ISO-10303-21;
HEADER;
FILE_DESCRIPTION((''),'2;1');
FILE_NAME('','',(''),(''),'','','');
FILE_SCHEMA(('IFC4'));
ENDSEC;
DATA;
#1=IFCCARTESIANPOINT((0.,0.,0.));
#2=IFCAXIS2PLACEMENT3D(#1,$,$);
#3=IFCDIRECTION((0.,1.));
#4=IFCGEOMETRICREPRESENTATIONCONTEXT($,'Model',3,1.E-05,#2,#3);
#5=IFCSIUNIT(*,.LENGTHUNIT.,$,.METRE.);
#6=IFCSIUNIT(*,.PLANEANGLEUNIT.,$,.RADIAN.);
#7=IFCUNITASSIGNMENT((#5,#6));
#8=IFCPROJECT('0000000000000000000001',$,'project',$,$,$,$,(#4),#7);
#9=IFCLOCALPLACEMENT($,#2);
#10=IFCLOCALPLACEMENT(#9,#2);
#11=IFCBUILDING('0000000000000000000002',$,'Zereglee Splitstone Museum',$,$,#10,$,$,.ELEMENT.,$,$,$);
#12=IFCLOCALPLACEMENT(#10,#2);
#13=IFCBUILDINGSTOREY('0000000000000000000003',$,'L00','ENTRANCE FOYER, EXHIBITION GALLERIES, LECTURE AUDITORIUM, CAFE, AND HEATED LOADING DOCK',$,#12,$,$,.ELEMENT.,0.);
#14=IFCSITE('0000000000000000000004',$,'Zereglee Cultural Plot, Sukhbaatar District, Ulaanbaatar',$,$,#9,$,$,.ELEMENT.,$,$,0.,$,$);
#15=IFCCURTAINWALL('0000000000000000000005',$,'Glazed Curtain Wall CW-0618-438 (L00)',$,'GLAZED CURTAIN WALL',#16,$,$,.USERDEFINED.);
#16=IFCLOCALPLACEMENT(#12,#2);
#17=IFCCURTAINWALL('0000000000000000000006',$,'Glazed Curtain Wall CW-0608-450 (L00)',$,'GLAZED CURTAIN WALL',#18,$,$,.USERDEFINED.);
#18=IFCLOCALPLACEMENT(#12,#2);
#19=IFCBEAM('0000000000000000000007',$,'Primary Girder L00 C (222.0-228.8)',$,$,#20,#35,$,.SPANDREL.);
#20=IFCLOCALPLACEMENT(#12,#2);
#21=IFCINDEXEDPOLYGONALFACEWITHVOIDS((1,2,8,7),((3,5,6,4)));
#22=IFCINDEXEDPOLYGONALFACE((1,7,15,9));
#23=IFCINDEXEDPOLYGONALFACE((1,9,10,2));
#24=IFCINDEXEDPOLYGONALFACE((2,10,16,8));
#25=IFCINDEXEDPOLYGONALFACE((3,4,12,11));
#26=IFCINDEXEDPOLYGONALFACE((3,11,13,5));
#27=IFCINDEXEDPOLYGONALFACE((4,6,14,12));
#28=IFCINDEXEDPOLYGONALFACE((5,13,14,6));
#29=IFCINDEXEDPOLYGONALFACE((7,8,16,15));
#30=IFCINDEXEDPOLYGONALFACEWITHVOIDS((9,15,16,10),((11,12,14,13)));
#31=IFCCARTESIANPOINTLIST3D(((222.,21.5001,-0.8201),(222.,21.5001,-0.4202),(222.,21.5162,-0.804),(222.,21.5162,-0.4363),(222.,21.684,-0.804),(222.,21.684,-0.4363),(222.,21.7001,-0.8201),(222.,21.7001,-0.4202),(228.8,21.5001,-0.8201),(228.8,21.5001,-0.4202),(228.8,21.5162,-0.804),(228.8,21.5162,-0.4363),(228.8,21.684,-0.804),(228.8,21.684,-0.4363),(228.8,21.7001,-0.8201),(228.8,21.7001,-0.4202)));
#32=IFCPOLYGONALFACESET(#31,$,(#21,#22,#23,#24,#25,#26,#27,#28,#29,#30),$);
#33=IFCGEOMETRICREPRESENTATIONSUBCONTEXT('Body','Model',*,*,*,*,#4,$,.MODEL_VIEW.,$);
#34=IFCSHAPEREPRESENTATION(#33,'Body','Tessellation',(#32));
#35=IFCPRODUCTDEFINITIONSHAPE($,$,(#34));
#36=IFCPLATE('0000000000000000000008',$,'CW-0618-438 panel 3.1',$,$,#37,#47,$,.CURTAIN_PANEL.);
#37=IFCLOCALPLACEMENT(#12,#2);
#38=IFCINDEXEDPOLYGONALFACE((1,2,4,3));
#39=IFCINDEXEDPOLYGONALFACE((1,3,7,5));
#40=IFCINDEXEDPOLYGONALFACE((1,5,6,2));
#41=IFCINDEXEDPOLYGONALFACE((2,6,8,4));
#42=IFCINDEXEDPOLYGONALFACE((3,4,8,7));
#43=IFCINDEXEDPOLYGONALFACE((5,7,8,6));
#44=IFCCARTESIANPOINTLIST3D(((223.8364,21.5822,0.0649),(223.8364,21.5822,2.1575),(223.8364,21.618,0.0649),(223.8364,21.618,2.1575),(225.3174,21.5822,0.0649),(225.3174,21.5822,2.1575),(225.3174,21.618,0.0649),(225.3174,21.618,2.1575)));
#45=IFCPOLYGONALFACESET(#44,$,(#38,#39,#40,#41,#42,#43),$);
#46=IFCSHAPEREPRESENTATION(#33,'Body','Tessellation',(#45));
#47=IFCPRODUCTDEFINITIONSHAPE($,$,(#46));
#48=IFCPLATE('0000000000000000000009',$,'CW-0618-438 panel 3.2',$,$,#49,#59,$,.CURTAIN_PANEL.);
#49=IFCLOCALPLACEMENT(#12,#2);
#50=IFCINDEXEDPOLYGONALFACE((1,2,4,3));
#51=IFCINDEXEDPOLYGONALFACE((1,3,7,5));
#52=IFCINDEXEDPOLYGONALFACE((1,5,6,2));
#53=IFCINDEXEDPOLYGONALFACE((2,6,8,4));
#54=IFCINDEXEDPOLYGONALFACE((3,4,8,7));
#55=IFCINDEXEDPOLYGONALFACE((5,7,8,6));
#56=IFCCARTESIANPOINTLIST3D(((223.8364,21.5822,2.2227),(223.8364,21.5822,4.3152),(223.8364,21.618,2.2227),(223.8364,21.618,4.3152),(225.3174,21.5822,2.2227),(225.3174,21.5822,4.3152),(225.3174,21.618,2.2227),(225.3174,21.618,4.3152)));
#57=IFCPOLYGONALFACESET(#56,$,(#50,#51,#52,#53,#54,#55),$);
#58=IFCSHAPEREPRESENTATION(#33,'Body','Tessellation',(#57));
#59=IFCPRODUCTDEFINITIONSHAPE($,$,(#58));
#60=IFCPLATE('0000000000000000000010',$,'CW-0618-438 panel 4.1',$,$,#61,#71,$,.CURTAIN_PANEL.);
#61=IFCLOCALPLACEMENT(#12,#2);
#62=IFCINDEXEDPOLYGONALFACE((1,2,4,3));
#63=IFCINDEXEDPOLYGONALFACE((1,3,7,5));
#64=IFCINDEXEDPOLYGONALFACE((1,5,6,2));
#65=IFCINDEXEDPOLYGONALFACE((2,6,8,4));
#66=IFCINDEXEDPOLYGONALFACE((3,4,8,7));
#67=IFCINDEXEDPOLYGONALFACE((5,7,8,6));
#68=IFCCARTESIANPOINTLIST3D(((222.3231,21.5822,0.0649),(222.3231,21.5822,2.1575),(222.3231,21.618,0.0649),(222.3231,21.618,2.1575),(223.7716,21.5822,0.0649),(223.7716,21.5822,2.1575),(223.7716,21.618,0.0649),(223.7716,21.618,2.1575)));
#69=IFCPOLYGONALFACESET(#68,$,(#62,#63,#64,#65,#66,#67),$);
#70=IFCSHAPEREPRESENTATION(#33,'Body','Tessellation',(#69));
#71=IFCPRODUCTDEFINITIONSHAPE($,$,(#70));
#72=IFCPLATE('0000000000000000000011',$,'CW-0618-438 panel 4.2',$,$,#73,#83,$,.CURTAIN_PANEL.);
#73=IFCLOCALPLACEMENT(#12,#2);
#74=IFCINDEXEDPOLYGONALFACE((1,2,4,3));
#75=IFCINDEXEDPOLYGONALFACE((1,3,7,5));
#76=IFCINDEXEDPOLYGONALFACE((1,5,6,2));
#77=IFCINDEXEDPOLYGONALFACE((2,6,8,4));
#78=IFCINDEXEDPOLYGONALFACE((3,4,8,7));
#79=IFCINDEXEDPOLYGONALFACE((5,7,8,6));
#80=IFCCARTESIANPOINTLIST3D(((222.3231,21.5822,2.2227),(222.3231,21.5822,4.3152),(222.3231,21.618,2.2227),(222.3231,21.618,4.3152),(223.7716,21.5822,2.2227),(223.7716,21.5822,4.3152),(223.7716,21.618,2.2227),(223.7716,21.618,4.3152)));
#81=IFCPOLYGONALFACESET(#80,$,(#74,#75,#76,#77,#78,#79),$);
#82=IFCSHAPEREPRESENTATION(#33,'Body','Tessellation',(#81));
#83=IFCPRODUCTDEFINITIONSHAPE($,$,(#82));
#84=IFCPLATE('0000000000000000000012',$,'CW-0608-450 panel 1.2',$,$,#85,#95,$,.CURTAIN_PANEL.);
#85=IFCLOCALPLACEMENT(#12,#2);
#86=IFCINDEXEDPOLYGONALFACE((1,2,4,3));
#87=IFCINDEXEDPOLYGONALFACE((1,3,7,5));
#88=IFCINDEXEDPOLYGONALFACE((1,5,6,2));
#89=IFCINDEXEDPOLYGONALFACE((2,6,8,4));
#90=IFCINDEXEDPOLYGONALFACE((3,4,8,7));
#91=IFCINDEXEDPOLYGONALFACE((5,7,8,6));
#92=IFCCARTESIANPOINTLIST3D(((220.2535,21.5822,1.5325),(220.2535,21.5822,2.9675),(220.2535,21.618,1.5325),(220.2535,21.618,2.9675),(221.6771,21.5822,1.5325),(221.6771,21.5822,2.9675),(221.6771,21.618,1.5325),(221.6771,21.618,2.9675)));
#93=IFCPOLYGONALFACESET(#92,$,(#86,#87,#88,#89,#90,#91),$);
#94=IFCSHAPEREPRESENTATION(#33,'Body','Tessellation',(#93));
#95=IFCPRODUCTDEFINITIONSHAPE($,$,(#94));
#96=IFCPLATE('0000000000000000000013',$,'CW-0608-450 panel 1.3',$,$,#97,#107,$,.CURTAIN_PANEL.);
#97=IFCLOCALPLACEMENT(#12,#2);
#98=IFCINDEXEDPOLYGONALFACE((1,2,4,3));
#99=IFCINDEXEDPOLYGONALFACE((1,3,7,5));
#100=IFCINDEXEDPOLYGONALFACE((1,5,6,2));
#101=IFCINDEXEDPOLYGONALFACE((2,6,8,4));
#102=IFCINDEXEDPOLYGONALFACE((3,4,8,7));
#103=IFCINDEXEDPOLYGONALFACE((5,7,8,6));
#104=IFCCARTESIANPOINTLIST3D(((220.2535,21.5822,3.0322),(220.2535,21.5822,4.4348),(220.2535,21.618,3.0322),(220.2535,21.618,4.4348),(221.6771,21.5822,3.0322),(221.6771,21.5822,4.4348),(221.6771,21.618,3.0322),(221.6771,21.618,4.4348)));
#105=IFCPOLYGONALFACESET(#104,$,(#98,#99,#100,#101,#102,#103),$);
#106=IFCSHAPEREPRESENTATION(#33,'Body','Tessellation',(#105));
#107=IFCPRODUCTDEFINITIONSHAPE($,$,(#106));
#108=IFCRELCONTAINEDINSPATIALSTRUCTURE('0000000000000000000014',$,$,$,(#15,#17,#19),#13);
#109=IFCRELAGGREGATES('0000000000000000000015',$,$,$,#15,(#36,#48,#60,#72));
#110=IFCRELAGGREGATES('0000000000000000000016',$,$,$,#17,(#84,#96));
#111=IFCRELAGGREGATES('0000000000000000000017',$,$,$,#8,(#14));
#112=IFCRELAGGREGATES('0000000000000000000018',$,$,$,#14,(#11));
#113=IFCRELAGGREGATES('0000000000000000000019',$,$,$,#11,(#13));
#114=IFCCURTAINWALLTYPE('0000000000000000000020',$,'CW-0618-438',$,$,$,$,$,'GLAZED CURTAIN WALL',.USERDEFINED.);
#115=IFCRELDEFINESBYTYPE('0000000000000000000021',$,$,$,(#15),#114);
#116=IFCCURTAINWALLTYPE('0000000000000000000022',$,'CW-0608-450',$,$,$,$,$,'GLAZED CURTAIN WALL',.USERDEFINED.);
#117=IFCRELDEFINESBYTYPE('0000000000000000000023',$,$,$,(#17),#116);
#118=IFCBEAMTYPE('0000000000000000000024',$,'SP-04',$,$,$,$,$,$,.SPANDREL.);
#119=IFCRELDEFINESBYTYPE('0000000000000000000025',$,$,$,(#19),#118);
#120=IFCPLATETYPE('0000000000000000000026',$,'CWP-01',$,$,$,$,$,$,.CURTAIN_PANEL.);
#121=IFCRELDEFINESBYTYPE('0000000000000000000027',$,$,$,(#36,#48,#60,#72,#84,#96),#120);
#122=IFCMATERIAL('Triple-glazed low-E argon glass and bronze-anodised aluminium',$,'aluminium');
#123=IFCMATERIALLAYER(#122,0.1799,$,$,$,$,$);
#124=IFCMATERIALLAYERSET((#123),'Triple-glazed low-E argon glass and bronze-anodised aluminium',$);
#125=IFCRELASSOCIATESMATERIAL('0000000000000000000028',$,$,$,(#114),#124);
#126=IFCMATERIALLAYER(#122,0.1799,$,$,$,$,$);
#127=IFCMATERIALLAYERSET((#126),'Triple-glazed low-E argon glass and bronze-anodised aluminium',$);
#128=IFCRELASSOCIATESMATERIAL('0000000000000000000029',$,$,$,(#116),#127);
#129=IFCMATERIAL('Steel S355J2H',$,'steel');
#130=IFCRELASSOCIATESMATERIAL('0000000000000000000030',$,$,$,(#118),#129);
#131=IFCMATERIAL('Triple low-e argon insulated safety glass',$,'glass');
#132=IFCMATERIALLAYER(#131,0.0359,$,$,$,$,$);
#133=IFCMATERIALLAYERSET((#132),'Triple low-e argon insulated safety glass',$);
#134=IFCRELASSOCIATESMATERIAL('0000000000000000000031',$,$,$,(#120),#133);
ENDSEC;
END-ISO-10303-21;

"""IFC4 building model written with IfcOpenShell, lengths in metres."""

from ifc_helpers import new_model, si_unit, direction, frame, origin, origin_2d, place, context, subcontext, project, spatial, rectangle, hollow_rectangle, extrude, material, layer, layer_set, material_profile, profile_set, type_object, element, aggregate, save


model = new_model("IFC4")

# Units and contexts
model_context = context("Model", 3, precision=1e-05, world=origin(), true_north=direction((0.0, 1.0)))
body_context = subcontext(model_context, "Body", "Model", "MODEL_VIEW")
ifc_project = project(units=[si_unit("LENGTHUNIT", "METRE"), si_unit("PLANEANGLEUNIT", "RADIAN")], contexts=[model_context])

# Site, building, storey
site_placement = place(None, origin())
site = spatial("IfcSite", under=ifc_project, at=site_placement, Name="Zereglee Cultural Plot, Sukhbaatar District, Ulaanbaatar", CompositionType="ELEMENT", RefElevation=0.0)
building_placement = place(site_placement, origin())
building = spatial("IfcBuilding", under=site, at=building_placement, Name="Zereglee Splitstone Museum", CompositionType="ELEMENT")
storey_placement = place(building_placement, origin())
storey = spatial("IfcBuildingStorey", under=building, at=storey_placement, Name="L00", Description="ENTRANCE FOYER, EXHIBITION GALLERIES, LECTURE AUDITORIUM, CAFE, AND HEATED LOADING DOCK", CompositionType="ELEMENT", Elevation=0.0)

# Curtain wall
ifc_material_1 = material(Name="Triple-glazed low-E argon glass and bronze-anodised aluminium", Category="aluminium")
ifc_layer_1 = layer(ifc_material_1, 0.1799)
ifc_layer_set_1 = layer_set([ifc_layer_1], Name="Triple-glazed low-E argon glass and bronze-anodised aluminium")
curtain_wall_type_1 = type_object("IfcCurtainWallType", Name="CW-0618-438", ElementType="GLAZED CURTAIN WALL", PredefinedType="USERDEFINED", material=ifc_layer_set_1)
curtain_wall_1_placement = place(storey_placement, origin())
curtain_wall_1 = element("IfcCurtainWall", 1, at=curtain_wall_1_placement, inside=storey, type_object=curtain_wall_type_1, Name="Glazed Curtain Wall CW-0618-438 (L00)", ObjectType="GLAZED CURTAIN WALL", PredefinedType="USERDEFINED")

# Curtain wall
ifc_layer_2 = layer(ifc_material_1, 0.1799)
ifc_layer_set_2 = layer_set([ifc_layer_2], Name="Triple-glazed low-E argon glass and bronze-anodised aluminium")
curtain_wall_type_2 = type_object("IfcCurtainWallType", Name="CW-0608-450", ElementType="GLAZED CURTAIN WALL", PredefinedType="USERDEFINED", material=ifc_layer_set_2)
curtain_wall_2_placement = place(storey_placement, origin())
curtain_wall_2 = element("IfcCurtainWall", 2, at=curtain_wall_2_placement, inside=storey, type_object=curtain_wall_type_2, Name="Glazed Curtain Wall CW-0608-450 (L00)", ObjectType="GLAZED CURTAIN WALL", PredefinedType="USERDEFINED")

# Beam
ifc_material_2 = material(Name="Steel S355J2H", Category="steel")
ifc_material_profile_1 = material_profile(ifc_material_2, hollow_rectangle(XDim=0.2, YDim=0.3999, WallThickness=0.0161, at=origin_2d()), Name="RHS 400x200x16")
ifc_profile_set_1 = profile_set([ifc_material_profile_1], Name="Steel S355J2H")
beam_type = type_object("IfcBeamType", Name="SP-04", PredefinedType="SPANDREL", material=ifc_profile_set_1)
beam_placement = place(storey_placement, frame((222.0, 21.6001, -0.6201), z_axis=(1.0, 0.0, 0.0), x_axis=(0.0, 1.0, 0.0)))
element("IfcBeam", 3, at=beam_placement, inside=storey, type_object=beam_type, Name="Primary Girder L00 C (222.0-228.8)", PredefinedType="SPANDREL", context=body_context, shape_type="SweptSolid", body=[
    extrude(hollow_rectangle(XDim=0.2, YDim=0.3999, WallThickness=0.0161, at=origin_2d()), origin(), (0.0, 0.0, 1.0), 6.8),
])

# Plates
ifc_material_3 = material(Name="Triple low-e argon insulated safety glass", Category="glass")
ifc_layer_3 = layer(ifc_material_3, 0.0359)
ifc_layer_set_3 = layer_set([ifc_layer_3], Name="Triple low-e argon insulated safety glass")
plate_type = type_object("IfcPlateType", Name="CWP-01", PredefinedType="CURTAIN_PANEL", material=ifc_layer_set_3)
plate_1_placement = place(storey_placement, frame((224.5769, 21.6001, 0.0649), z_axis=(0.0, 0.0, 1.0), x_axis=(-1.0, 0.0, 0.0)))
plate_1 = element("IfcPlate", 4, at=plate_1_placement, type_object=plate_type, Name="CW-0618-438 panel 3.1", PredefinedType="CURTAIN_PANEL", context=body_context, shape_type="SweptSolid", body=[
    extrude(rectangle(XDim=1.481, YDim=0.0359, at=origin_2d()), origin(), (0.0, 0.0, 1.0), 2.0925),
])
plate_2_placement = place(storey_placement, frame((224.5769, 21.6001, 2.2227), z_axis=(0.0, 0.0, 1.0), x_axis=(-1.0, 0.0, 0.0)))
plate_2 = element("IfcPlate", 5, at=plate_2_placement, type_object=plate_type, Name="CW-0618-438 panel 3.2", PredefinedType="CURTAIN_PANEL", context=body_context, shape_type="SweptSolid", body=[
    extrude(rectangle(XDim=1.481, YDim=0.0359, at=origin_2d()), origin(), (0.0, 0.0, 1.0), 2.0925),
])
plate_3_placement = place(storey_placement, frame((223.0474, 21.6001, 0.0649), z_axis=(0.0, 0.0, 1.0), x_axis=(-1.0, 0.0, 0.0)))
plate_3 = element("IfcPlate", 6, at=plate_3_placement, type_object=plate_type, Name="CW-0618-438 panel 4.1", PredefinedType="CURTAIN_PANEL", context=body_context, shape_type="SweptSolid", body=[
    extrude(rectangle(XDim=1.4485, YDim=0.0359, at=origin_2d()), origin(), (0.0, 0.0, 1.0), 2.0925),
])
plate_4_placement = place(storey_placement, frame((223.0474, 21.6001, 2.2227), z_axis=(0.0, 0.0, 1.0), x_axis=(-1.0, 0.0, 0.0)))
plate_4 = element("IfcPlate", 7, at=plate_4_placement, type_object=plate_type, Name="CW-0618-438 panel 4.2", PredefinedType="CURTAIN_PANEL", context=body_context, shape_type="SweptSolid", body=[
    extrude(rectangle(XDim=1.4485, YDim=0.0359, at=origin_2d()), origin(), (0.0, 0.0, 1.0), 2.0925),
])
aggregate(curtain_wall_1, [plate_1, plate_2, plate_3, plate_4])
plate_5_placement = place(storey_placement, frame((220.9653, 21.6001, 1.5325), z_axis=(0.0, 0.0, 1.0), x_axis=(-1.0, 0.0, 0.0)))
plate_5 = element("IfcPlate", 8, at=plate_5_placement, type_object=plate_type, Name="CW-0608-450 panel 1.2", PredefinedType="CURTAIN_PANEL", context=body_context, shape_type="SweptSolid", body=[
    extrude(rectangle(XDim=1.4236, YDim=0.0359, at=origin_2d()), origin(), (0.0, 0.0, 1.0), 1.4351),
])
plate_6_placement = place(storey_placement, frame((220.9653, 21.6001, 3.0322), z_axis=(0.0, 0.0, 1.0), x_axis=(-1.0, 0.0, 0.0)))
plate_6 = element("IfcPlate", 9, at=plate_6_placement, type_object=plate_type, Name="CW-0608-450 panel 1.3", PredefinedType="CURTAIN_PANEL", context=body_context, shape_type="SweptSolid", body=[
    extrude(rectangle(XDim=1.4236, YDim=0.0359, at=origin_2d()), origin(), (0.0, 0.0, 1.0), 1.4026),
])
aggregate(curtain_wall_2, [plate_5, plate_6])

save(model, "model.ifc")
